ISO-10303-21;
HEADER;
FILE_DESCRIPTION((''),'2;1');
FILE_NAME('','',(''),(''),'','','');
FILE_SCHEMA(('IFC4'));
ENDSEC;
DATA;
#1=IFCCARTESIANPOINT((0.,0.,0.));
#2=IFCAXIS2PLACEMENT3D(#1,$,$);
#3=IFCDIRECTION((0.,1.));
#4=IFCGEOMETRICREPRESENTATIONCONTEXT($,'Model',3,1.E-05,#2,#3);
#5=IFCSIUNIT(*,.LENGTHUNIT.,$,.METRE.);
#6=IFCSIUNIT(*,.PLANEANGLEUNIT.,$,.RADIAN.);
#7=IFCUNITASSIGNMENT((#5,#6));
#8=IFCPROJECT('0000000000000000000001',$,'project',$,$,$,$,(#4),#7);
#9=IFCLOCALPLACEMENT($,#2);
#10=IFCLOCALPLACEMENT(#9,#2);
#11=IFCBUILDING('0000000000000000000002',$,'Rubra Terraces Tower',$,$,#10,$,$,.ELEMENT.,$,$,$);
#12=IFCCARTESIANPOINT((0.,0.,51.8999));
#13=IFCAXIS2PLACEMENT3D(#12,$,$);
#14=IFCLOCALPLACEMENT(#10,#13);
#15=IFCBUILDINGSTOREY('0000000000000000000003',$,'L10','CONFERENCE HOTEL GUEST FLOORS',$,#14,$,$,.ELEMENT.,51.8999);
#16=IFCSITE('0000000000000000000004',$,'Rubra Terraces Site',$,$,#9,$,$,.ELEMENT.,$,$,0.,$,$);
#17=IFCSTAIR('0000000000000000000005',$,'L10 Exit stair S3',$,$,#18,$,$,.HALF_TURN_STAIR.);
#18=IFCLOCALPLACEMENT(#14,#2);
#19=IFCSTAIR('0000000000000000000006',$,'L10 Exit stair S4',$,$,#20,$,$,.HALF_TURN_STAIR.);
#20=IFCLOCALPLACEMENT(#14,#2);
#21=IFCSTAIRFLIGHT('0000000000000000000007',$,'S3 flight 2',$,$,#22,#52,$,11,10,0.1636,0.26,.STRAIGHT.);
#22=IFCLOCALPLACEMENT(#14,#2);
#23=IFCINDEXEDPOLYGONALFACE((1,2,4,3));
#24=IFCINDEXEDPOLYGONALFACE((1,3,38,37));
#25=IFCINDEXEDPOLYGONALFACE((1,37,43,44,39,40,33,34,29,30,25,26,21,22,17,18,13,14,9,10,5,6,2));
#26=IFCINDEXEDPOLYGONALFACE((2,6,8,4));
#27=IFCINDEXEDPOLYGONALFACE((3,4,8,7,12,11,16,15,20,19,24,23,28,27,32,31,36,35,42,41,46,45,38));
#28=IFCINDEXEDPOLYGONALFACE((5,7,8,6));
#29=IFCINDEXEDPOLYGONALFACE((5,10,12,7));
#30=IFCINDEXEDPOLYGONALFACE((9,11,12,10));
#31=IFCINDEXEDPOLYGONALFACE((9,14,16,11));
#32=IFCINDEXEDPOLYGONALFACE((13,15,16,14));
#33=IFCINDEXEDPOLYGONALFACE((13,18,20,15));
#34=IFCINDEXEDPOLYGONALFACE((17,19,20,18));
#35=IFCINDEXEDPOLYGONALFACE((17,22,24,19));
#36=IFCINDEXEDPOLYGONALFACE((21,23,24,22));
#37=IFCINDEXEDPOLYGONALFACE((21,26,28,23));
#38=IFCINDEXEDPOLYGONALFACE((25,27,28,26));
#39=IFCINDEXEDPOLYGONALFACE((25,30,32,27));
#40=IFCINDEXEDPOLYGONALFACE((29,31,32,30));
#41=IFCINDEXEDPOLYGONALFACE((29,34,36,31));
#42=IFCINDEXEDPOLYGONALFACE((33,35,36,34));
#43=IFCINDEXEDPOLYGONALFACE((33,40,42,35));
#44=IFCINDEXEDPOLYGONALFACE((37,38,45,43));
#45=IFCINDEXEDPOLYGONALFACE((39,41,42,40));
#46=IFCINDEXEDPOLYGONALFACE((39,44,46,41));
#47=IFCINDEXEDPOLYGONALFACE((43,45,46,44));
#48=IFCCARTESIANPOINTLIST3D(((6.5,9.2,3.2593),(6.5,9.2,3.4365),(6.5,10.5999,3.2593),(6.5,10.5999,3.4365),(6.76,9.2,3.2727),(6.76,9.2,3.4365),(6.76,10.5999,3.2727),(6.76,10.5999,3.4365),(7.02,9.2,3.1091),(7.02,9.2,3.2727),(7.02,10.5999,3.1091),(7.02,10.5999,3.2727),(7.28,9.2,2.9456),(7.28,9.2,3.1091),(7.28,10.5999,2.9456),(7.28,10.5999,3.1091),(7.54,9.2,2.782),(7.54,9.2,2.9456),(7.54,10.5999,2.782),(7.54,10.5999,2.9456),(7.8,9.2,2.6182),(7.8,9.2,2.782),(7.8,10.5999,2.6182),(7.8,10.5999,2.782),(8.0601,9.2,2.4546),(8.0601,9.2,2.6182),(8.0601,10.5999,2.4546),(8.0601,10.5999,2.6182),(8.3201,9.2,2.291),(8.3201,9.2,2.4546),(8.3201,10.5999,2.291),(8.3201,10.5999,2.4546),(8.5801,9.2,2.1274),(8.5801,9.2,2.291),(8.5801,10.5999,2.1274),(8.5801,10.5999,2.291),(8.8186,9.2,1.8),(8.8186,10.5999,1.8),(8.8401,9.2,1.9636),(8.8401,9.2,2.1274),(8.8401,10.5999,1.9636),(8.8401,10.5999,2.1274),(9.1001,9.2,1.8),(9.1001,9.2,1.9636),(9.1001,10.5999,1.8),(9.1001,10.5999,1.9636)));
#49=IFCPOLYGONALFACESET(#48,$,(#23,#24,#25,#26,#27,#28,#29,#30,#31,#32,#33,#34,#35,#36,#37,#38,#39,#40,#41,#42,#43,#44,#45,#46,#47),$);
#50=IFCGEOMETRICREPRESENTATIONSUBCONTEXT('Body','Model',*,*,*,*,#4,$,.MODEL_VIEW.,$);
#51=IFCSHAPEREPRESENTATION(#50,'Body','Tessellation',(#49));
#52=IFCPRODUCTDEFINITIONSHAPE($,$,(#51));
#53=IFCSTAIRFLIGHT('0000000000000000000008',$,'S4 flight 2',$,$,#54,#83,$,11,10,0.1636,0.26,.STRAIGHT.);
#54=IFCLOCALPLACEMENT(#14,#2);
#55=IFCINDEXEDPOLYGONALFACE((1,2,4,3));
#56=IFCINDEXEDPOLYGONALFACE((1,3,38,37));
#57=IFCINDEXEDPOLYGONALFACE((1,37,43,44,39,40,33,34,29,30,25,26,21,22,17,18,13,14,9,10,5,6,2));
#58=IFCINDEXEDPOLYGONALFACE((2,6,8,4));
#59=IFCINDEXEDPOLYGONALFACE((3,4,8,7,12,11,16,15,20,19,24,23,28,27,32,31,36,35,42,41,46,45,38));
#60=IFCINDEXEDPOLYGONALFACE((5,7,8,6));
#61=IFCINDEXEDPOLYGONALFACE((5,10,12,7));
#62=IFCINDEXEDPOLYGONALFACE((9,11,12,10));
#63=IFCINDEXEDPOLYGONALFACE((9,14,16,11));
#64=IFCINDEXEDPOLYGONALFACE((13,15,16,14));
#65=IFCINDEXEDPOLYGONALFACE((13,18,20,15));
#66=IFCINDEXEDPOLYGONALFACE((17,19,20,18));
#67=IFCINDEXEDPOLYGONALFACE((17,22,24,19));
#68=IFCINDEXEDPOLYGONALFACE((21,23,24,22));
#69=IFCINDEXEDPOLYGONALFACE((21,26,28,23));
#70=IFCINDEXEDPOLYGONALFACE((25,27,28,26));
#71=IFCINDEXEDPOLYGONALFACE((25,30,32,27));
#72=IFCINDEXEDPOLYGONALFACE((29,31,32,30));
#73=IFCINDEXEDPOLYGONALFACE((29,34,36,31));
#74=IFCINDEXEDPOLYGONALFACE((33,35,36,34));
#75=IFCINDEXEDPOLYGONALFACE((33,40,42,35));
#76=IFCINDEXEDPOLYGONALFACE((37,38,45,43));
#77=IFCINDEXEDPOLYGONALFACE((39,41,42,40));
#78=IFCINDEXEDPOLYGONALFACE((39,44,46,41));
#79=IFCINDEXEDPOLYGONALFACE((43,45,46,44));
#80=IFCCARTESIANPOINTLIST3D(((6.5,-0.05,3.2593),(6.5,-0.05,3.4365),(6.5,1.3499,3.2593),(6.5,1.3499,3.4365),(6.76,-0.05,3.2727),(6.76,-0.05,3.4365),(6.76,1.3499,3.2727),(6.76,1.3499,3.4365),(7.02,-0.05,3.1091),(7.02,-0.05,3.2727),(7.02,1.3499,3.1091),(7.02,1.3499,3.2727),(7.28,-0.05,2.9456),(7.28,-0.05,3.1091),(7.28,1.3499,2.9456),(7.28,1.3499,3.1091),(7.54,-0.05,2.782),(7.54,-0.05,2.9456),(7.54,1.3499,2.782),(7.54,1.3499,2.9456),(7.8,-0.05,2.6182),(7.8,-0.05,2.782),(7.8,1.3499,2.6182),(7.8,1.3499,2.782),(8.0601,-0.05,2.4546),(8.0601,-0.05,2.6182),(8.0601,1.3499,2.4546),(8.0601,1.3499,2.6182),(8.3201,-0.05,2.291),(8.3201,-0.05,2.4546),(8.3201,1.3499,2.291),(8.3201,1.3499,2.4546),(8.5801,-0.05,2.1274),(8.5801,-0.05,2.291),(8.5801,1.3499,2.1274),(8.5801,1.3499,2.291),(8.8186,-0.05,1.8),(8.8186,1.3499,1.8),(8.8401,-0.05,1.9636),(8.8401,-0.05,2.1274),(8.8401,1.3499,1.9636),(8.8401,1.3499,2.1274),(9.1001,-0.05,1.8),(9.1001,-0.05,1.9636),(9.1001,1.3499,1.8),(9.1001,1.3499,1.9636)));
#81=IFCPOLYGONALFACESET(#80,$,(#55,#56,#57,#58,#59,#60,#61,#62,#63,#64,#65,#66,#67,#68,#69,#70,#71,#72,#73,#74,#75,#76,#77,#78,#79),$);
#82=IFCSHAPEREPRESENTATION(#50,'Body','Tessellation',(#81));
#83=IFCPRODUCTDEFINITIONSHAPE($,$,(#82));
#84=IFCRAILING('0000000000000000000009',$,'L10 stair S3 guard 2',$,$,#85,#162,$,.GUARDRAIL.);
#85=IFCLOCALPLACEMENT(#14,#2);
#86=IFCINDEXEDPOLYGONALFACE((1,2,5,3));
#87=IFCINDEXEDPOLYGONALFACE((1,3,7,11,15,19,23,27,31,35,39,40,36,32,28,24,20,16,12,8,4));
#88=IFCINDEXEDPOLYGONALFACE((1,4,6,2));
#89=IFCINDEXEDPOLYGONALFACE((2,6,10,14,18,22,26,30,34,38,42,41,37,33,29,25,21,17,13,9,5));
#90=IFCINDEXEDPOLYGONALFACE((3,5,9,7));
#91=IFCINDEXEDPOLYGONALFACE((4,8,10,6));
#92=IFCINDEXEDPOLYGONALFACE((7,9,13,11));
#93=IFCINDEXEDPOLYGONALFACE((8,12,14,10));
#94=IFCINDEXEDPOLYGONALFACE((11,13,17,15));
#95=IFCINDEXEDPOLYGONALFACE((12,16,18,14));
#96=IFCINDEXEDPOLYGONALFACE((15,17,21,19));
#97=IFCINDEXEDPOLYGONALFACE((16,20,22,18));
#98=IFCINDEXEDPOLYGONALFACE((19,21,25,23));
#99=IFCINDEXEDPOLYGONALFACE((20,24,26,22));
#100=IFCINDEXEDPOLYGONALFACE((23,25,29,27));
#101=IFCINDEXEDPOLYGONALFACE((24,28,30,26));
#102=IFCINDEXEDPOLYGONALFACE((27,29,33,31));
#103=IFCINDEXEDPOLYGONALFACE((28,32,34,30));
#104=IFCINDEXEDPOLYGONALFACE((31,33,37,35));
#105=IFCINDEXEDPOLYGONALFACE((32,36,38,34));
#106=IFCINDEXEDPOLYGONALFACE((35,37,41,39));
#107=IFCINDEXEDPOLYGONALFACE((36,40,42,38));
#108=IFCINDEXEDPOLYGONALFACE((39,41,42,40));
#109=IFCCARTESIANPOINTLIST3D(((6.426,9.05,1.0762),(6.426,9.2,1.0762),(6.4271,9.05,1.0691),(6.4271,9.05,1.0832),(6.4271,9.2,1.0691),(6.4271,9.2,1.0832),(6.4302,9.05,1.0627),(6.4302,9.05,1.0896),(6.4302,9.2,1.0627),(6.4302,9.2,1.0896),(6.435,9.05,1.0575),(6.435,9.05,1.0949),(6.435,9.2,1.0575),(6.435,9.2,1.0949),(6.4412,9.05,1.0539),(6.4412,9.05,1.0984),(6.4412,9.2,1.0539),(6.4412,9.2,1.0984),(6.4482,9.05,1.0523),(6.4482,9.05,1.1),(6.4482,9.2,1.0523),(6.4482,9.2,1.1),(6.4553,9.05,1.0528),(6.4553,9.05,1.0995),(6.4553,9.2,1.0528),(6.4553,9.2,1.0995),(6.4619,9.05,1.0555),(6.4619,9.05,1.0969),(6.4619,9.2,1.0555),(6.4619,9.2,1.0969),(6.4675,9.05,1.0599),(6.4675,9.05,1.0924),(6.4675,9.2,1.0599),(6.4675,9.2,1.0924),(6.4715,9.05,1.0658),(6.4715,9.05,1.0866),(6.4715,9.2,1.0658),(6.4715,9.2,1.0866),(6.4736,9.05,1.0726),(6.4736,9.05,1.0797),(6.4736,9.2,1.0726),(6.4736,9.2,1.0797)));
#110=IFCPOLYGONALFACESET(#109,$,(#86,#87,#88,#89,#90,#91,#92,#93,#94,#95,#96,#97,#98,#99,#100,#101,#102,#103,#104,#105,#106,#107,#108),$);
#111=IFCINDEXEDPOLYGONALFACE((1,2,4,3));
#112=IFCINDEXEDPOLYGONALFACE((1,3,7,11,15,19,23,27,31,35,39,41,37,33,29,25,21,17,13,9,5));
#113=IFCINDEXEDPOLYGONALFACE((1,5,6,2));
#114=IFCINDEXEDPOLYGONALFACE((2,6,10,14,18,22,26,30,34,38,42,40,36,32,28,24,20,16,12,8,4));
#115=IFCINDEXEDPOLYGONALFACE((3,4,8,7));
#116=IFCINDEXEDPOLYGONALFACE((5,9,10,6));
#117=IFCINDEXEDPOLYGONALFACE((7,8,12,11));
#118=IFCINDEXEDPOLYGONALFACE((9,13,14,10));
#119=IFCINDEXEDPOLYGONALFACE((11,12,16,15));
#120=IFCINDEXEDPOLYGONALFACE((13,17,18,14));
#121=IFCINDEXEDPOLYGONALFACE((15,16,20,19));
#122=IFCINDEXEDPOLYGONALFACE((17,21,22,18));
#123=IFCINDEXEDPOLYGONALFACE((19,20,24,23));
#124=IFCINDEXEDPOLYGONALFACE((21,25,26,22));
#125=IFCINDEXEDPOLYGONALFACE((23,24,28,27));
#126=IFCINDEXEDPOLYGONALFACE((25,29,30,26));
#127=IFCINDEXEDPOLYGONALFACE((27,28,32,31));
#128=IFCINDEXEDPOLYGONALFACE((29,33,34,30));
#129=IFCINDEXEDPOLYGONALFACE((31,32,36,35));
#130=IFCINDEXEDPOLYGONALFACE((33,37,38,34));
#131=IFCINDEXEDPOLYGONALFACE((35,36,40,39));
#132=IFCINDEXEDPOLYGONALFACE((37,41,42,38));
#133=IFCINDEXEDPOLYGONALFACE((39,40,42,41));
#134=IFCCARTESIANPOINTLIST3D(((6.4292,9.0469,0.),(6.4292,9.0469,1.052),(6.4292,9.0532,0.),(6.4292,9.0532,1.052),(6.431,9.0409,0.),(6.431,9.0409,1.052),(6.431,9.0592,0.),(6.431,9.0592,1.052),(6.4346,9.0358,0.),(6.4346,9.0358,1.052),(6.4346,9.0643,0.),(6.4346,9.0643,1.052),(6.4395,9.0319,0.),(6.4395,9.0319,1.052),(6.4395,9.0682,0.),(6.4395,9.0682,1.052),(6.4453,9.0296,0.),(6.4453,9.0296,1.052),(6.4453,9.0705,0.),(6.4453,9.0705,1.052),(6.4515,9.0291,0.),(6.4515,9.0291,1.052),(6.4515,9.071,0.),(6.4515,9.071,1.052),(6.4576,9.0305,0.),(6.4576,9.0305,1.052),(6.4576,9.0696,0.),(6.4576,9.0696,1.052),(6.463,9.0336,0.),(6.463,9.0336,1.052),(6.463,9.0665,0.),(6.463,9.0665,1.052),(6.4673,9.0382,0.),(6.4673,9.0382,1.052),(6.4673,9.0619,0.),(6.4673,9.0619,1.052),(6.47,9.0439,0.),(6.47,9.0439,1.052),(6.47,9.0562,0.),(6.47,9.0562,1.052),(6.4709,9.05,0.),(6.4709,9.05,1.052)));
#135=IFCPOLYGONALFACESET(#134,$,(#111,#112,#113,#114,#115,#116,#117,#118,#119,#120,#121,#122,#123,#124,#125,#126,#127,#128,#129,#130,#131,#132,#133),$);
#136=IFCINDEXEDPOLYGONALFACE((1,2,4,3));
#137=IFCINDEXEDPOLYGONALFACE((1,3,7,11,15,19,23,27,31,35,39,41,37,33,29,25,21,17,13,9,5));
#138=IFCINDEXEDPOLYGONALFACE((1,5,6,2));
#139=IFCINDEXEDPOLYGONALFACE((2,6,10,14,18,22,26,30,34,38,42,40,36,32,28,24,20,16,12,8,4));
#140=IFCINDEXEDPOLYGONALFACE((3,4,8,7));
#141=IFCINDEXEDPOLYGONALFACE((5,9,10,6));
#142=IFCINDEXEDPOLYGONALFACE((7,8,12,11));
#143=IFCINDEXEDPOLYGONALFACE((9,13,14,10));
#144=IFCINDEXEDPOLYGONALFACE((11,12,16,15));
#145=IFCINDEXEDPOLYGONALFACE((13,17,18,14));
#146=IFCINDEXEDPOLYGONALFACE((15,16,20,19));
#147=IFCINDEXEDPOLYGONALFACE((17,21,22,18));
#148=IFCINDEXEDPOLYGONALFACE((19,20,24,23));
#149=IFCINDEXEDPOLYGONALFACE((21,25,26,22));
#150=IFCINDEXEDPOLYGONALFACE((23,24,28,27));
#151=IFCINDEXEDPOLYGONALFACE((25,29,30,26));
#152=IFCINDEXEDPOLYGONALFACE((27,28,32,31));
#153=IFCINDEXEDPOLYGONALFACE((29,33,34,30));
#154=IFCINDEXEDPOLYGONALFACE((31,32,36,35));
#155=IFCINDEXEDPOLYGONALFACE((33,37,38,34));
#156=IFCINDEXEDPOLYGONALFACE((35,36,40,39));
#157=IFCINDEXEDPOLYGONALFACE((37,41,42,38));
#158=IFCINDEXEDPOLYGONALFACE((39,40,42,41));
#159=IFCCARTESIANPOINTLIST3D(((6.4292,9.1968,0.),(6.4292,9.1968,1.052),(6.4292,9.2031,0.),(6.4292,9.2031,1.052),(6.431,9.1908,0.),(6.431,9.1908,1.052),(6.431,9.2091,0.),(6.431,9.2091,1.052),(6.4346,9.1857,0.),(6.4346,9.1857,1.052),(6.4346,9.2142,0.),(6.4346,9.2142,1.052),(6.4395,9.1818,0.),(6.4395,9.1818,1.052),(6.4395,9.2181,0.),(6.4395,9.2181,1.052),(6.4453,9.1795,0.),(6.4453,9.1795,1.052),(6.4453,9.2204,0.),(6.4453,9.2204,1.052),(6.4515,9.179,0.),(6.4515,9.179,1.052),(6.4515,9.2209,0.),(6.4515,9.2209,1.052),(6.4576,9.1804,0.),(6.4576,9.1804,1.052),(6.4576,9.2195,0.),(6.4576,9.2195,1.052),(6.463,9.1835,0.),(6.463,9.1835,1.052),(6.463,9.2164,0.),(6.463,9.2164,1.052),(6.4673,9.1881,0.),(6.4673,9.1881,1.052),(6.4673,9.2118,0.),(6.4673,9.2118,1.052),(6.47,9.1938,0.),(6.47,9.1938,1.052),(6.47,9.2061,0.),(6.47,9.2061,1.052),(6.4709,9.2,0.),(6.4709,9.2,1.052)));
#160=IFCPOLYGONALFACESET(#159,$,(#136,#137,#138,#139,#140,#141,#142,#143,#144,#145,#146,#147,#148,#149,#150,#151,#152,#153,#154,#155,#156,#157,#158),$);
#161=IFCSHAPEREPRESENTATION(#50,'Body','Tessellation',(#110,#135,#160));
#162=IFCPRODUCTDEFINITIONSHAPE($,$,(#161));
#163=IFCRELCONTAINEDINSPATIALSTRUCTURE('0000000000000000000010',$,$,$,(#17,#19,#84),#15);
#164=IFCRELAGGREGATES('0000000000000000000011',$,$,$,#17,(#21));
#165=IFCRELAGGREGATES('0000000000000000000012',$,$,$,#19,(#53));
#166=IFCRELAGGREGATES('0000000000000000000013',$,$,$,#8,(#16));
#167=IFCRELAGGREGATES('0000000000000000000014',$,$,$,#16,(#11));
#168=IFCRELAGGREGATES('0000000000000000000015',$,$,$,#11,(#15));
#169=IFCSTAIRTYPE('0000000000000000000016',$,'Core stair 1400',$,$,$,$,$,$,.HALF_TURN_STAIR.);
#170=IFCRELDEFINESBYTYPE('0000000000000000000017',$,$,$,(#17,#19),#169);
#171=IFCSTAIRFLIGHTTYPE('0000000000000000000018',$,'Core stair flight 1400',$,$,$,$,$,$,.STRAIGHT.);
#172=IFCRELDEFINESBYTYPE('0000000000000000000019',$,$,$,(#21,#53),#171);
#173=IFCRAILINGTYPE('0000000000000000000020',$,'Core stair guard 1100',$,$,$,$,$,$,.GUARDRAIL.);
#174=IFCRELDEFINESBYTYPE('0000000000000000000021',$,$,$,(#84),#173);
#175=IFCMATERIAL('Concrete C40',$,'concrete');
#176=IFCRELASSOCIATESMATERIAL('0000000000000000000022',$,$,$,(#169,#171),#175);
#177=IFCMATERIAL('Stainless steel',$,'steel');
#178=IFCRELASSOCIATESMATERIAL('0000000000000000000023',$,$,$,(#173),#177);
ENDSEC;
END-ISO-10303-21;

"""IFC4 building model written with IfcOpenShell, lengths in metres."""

from ifc_helpers import new_model, si_unit, direction, frame, origin, origin_2d, place, context, subcontext, project, spatial, polyline, circle, outline, extrude, material, type_object, element, aggregate, save


model = new_model("IFC4")

# Units and contexts
model_context = context("Model", 3, precision=1e-05, world=origin(), true_north=direction((0.0, 1.0)))
body_context = subcontext(model_context, "Body", "Model", "MODEL_VIEW")
ifc_project = project(units=[si_unit("LENGTHUNIT", "METRE"), si_unit("PLANEANGLEUNIT", "RADIAN")], contexts=[model_context])

# Site, building, storey
site_placement = place(None, origin())
site = spatial("IfcSite", under=ifc_project, at=site_placement, Name="Rubra Terraces Site", CompositionType="ELEMENT", RefElevation=0.0)
building_placement = place(site_placement, origin())
building = spatial("IfcBuilding", under=site, at=building_placement, Name="Rubra Terraces Tower", CompositionType="ELEMENT")
storey_placement = place(building_placement, frame((0.0, 0.0, 51.8999)))
storey = spatial("IfcBuildingStorey", under=building, at=storey_placement, Name="L10", Description="CONFERENCE HOTEL GUEST FLOORS", CompositionType="ELEMENT", Elevation=51.8999)

# Stairs
ifc_material_1 = material(Name="Concrete C40", Category="concrete")
stair_type = type_object("IfcStairType", Name="Core stair 1400", PredefinedType="HALF_TURN_STAIR", material=ifc_material_1)
stair_1_placement = place(storey_placement, origin())
stair_1 = element("IfcStair", 1, at=stair_1_placement, inside=storey, type_object=stair_type, Name="L10 Exit stair S3", PredefinedType="HALF_TURN_STAIR")
stair_2_placement = place(storey_placement, origin())
stair_2 = element("IfcStair", 2, at=stair_2_placement, inside=storey, type_object=stair_type, Name="L10 Exit stair S4", PredefinedType="HALF_TURN_STAIR")

# Shared definitions
ifc_material_2 = material(Name="Stainless steel", Category="steel")

# Stair flights
stair_flight_type = type_object("IfcStairFlightType", Name="Core stair flight 1400", PredefinedType="STRAIGHT", material=ifc_material_1)
stair_flight_1_placement = place(storey_placement, frame((9.1001, 9.8999, 1.8), z_axis=(0.0, 0.0, 1.0), x_axis=(-1.0, 0.0, 0.0)))
stair_flight_1 = element("IfcStairFlight", 3, at=stair_flight_1_placement, type_object=stair_flight_type, Name="S3 flight 2", NumberOfRisers=11, NumberOfTreads=10, PredefinedType="STRAIGHT", RiserHeight=0.1636, TreadLength=0.26, context=body_context, shape_type="SweptSolid", body=[
    extrude(outline(polyline([(0.0, 0.0), (0.0, 0.1636), (0.26, 0.1636), (0.26, 0.3274), (0.52, 0.3274), (0.52, 0.491), (0.78, 0.491), (0.78, 0.6545), (1.04, 0.6545), (1.04, 0.8181), (1.3, 0.8181), (1.3, 0.9819), (1.5601, 0.9819), (1.5601, 1.1455), (1.8201, 1.1455), (1.8201, 1.3091), (2.0801, 1.3091), (2.0801, 1.4727), (2.3401, 1.4727), (2.3401, 1.6365), (2.6001, 1.6365), (2.6001, 1.8), (2.6001, 1.4592), (0.2815, 0.0), (0.0, 0.0)])), frame((0.0, 0.7, 0.0), z_axis=(0.0, -1.0, 0.0), x_axis=(1.0, 0.0, 0.0)), (0.0, 0.0, 1.0), 1.3999),
])
aggregate(stair_1, [stair_flight_1])
stair_flight_2_placement = place(storey_placement, frame((9.1001, 0.6499, 1.8), z_axis=(0.0, 0.0, 1.0), x_axis=(-1.0, 0.0, 0.0)))
stair_flight_2 = element("IfcStairFlight", 4, at=stair_flight_2_placement, type_object=stair_flight_type, Name="S4 flight 2", NumberOfRisers=11, NumberOfTreads=10, PredefinedType="STRAIGHT", RiserHeight=0.1636, TreadLength=0.26, context=body_context, shape_type="SweptSolid", body=[
    extrude(outline(polyline([(0.0, 0.0), (0.0, 0.1636), (0.26, 0.1636), (0.26, 0.3274), (0.52, 0.3274), (0.52, 0.491), (0.78, 0.491), (0.78, 0.6545), (1.04, 0.6545), (1.04, 0.8181), (1.3, 0.8181), (1.3, 0.9819), (1.5601, 0.9819), (1.5601, 1.1455), (1.8201, 1.1455), (1.8201, 1.3091), (2.0801, 1.3091), (2.0801, 1.4727), (2.3401, 1.4727), (2.3401, 1.6365), (2.6001, 1.6365), (2.6001, 1.8), (2.6001, 1.4592), (0.2815, 0.0), (0.0, 0.0)])), frame((0.0, 0.7, 0.0), z_axis=(0.0, -1.0, 0.0), x_axis=(1.0, 0.0, 0.0)), (0.0, 0.0, 1.0), 1.3999),
])
aggregate(stair_2, [stair_flight_2])

# Railing
railing_type_1 = type_object("IfcRailingType", Name="Core stair guard 1100", PredefinedType="GUARDRAIL", material=ifc_material_2)
railing_1_placement = place(storey_placement, frame((6.45, 9.05, 0.0)))
element("IfcRailing", 5, at=railing_1_placement, inside=storey, type_object=railing_type_1, Name="L10 stair S3 guard 2", PredefinedType="GUARDRAIL", context=body_context, shape_type="SweptSolid", body=[
    extrude(circle(Radius=0.0239, at=origin_2d()), frame((0.0, 0.0, 1.0762), z_axis=(0.0, 1.0, 0.0), x_axis=(-1.0, 0.0, 0.0)), (0.0, 0.0, 1.0), 0.1499),
    extrude(circle(Radius=0.021, at=origin_2d()), origin(), (0.0, 0.0, 1.0), 1.052),
    extrude(circle(Radius=0.021, at=origin_2d()), frame((0.0, 0.1499, 0.0)), (0.0, 0.0, 1.0), 1.052),
])

save(model, "model.ifc")
